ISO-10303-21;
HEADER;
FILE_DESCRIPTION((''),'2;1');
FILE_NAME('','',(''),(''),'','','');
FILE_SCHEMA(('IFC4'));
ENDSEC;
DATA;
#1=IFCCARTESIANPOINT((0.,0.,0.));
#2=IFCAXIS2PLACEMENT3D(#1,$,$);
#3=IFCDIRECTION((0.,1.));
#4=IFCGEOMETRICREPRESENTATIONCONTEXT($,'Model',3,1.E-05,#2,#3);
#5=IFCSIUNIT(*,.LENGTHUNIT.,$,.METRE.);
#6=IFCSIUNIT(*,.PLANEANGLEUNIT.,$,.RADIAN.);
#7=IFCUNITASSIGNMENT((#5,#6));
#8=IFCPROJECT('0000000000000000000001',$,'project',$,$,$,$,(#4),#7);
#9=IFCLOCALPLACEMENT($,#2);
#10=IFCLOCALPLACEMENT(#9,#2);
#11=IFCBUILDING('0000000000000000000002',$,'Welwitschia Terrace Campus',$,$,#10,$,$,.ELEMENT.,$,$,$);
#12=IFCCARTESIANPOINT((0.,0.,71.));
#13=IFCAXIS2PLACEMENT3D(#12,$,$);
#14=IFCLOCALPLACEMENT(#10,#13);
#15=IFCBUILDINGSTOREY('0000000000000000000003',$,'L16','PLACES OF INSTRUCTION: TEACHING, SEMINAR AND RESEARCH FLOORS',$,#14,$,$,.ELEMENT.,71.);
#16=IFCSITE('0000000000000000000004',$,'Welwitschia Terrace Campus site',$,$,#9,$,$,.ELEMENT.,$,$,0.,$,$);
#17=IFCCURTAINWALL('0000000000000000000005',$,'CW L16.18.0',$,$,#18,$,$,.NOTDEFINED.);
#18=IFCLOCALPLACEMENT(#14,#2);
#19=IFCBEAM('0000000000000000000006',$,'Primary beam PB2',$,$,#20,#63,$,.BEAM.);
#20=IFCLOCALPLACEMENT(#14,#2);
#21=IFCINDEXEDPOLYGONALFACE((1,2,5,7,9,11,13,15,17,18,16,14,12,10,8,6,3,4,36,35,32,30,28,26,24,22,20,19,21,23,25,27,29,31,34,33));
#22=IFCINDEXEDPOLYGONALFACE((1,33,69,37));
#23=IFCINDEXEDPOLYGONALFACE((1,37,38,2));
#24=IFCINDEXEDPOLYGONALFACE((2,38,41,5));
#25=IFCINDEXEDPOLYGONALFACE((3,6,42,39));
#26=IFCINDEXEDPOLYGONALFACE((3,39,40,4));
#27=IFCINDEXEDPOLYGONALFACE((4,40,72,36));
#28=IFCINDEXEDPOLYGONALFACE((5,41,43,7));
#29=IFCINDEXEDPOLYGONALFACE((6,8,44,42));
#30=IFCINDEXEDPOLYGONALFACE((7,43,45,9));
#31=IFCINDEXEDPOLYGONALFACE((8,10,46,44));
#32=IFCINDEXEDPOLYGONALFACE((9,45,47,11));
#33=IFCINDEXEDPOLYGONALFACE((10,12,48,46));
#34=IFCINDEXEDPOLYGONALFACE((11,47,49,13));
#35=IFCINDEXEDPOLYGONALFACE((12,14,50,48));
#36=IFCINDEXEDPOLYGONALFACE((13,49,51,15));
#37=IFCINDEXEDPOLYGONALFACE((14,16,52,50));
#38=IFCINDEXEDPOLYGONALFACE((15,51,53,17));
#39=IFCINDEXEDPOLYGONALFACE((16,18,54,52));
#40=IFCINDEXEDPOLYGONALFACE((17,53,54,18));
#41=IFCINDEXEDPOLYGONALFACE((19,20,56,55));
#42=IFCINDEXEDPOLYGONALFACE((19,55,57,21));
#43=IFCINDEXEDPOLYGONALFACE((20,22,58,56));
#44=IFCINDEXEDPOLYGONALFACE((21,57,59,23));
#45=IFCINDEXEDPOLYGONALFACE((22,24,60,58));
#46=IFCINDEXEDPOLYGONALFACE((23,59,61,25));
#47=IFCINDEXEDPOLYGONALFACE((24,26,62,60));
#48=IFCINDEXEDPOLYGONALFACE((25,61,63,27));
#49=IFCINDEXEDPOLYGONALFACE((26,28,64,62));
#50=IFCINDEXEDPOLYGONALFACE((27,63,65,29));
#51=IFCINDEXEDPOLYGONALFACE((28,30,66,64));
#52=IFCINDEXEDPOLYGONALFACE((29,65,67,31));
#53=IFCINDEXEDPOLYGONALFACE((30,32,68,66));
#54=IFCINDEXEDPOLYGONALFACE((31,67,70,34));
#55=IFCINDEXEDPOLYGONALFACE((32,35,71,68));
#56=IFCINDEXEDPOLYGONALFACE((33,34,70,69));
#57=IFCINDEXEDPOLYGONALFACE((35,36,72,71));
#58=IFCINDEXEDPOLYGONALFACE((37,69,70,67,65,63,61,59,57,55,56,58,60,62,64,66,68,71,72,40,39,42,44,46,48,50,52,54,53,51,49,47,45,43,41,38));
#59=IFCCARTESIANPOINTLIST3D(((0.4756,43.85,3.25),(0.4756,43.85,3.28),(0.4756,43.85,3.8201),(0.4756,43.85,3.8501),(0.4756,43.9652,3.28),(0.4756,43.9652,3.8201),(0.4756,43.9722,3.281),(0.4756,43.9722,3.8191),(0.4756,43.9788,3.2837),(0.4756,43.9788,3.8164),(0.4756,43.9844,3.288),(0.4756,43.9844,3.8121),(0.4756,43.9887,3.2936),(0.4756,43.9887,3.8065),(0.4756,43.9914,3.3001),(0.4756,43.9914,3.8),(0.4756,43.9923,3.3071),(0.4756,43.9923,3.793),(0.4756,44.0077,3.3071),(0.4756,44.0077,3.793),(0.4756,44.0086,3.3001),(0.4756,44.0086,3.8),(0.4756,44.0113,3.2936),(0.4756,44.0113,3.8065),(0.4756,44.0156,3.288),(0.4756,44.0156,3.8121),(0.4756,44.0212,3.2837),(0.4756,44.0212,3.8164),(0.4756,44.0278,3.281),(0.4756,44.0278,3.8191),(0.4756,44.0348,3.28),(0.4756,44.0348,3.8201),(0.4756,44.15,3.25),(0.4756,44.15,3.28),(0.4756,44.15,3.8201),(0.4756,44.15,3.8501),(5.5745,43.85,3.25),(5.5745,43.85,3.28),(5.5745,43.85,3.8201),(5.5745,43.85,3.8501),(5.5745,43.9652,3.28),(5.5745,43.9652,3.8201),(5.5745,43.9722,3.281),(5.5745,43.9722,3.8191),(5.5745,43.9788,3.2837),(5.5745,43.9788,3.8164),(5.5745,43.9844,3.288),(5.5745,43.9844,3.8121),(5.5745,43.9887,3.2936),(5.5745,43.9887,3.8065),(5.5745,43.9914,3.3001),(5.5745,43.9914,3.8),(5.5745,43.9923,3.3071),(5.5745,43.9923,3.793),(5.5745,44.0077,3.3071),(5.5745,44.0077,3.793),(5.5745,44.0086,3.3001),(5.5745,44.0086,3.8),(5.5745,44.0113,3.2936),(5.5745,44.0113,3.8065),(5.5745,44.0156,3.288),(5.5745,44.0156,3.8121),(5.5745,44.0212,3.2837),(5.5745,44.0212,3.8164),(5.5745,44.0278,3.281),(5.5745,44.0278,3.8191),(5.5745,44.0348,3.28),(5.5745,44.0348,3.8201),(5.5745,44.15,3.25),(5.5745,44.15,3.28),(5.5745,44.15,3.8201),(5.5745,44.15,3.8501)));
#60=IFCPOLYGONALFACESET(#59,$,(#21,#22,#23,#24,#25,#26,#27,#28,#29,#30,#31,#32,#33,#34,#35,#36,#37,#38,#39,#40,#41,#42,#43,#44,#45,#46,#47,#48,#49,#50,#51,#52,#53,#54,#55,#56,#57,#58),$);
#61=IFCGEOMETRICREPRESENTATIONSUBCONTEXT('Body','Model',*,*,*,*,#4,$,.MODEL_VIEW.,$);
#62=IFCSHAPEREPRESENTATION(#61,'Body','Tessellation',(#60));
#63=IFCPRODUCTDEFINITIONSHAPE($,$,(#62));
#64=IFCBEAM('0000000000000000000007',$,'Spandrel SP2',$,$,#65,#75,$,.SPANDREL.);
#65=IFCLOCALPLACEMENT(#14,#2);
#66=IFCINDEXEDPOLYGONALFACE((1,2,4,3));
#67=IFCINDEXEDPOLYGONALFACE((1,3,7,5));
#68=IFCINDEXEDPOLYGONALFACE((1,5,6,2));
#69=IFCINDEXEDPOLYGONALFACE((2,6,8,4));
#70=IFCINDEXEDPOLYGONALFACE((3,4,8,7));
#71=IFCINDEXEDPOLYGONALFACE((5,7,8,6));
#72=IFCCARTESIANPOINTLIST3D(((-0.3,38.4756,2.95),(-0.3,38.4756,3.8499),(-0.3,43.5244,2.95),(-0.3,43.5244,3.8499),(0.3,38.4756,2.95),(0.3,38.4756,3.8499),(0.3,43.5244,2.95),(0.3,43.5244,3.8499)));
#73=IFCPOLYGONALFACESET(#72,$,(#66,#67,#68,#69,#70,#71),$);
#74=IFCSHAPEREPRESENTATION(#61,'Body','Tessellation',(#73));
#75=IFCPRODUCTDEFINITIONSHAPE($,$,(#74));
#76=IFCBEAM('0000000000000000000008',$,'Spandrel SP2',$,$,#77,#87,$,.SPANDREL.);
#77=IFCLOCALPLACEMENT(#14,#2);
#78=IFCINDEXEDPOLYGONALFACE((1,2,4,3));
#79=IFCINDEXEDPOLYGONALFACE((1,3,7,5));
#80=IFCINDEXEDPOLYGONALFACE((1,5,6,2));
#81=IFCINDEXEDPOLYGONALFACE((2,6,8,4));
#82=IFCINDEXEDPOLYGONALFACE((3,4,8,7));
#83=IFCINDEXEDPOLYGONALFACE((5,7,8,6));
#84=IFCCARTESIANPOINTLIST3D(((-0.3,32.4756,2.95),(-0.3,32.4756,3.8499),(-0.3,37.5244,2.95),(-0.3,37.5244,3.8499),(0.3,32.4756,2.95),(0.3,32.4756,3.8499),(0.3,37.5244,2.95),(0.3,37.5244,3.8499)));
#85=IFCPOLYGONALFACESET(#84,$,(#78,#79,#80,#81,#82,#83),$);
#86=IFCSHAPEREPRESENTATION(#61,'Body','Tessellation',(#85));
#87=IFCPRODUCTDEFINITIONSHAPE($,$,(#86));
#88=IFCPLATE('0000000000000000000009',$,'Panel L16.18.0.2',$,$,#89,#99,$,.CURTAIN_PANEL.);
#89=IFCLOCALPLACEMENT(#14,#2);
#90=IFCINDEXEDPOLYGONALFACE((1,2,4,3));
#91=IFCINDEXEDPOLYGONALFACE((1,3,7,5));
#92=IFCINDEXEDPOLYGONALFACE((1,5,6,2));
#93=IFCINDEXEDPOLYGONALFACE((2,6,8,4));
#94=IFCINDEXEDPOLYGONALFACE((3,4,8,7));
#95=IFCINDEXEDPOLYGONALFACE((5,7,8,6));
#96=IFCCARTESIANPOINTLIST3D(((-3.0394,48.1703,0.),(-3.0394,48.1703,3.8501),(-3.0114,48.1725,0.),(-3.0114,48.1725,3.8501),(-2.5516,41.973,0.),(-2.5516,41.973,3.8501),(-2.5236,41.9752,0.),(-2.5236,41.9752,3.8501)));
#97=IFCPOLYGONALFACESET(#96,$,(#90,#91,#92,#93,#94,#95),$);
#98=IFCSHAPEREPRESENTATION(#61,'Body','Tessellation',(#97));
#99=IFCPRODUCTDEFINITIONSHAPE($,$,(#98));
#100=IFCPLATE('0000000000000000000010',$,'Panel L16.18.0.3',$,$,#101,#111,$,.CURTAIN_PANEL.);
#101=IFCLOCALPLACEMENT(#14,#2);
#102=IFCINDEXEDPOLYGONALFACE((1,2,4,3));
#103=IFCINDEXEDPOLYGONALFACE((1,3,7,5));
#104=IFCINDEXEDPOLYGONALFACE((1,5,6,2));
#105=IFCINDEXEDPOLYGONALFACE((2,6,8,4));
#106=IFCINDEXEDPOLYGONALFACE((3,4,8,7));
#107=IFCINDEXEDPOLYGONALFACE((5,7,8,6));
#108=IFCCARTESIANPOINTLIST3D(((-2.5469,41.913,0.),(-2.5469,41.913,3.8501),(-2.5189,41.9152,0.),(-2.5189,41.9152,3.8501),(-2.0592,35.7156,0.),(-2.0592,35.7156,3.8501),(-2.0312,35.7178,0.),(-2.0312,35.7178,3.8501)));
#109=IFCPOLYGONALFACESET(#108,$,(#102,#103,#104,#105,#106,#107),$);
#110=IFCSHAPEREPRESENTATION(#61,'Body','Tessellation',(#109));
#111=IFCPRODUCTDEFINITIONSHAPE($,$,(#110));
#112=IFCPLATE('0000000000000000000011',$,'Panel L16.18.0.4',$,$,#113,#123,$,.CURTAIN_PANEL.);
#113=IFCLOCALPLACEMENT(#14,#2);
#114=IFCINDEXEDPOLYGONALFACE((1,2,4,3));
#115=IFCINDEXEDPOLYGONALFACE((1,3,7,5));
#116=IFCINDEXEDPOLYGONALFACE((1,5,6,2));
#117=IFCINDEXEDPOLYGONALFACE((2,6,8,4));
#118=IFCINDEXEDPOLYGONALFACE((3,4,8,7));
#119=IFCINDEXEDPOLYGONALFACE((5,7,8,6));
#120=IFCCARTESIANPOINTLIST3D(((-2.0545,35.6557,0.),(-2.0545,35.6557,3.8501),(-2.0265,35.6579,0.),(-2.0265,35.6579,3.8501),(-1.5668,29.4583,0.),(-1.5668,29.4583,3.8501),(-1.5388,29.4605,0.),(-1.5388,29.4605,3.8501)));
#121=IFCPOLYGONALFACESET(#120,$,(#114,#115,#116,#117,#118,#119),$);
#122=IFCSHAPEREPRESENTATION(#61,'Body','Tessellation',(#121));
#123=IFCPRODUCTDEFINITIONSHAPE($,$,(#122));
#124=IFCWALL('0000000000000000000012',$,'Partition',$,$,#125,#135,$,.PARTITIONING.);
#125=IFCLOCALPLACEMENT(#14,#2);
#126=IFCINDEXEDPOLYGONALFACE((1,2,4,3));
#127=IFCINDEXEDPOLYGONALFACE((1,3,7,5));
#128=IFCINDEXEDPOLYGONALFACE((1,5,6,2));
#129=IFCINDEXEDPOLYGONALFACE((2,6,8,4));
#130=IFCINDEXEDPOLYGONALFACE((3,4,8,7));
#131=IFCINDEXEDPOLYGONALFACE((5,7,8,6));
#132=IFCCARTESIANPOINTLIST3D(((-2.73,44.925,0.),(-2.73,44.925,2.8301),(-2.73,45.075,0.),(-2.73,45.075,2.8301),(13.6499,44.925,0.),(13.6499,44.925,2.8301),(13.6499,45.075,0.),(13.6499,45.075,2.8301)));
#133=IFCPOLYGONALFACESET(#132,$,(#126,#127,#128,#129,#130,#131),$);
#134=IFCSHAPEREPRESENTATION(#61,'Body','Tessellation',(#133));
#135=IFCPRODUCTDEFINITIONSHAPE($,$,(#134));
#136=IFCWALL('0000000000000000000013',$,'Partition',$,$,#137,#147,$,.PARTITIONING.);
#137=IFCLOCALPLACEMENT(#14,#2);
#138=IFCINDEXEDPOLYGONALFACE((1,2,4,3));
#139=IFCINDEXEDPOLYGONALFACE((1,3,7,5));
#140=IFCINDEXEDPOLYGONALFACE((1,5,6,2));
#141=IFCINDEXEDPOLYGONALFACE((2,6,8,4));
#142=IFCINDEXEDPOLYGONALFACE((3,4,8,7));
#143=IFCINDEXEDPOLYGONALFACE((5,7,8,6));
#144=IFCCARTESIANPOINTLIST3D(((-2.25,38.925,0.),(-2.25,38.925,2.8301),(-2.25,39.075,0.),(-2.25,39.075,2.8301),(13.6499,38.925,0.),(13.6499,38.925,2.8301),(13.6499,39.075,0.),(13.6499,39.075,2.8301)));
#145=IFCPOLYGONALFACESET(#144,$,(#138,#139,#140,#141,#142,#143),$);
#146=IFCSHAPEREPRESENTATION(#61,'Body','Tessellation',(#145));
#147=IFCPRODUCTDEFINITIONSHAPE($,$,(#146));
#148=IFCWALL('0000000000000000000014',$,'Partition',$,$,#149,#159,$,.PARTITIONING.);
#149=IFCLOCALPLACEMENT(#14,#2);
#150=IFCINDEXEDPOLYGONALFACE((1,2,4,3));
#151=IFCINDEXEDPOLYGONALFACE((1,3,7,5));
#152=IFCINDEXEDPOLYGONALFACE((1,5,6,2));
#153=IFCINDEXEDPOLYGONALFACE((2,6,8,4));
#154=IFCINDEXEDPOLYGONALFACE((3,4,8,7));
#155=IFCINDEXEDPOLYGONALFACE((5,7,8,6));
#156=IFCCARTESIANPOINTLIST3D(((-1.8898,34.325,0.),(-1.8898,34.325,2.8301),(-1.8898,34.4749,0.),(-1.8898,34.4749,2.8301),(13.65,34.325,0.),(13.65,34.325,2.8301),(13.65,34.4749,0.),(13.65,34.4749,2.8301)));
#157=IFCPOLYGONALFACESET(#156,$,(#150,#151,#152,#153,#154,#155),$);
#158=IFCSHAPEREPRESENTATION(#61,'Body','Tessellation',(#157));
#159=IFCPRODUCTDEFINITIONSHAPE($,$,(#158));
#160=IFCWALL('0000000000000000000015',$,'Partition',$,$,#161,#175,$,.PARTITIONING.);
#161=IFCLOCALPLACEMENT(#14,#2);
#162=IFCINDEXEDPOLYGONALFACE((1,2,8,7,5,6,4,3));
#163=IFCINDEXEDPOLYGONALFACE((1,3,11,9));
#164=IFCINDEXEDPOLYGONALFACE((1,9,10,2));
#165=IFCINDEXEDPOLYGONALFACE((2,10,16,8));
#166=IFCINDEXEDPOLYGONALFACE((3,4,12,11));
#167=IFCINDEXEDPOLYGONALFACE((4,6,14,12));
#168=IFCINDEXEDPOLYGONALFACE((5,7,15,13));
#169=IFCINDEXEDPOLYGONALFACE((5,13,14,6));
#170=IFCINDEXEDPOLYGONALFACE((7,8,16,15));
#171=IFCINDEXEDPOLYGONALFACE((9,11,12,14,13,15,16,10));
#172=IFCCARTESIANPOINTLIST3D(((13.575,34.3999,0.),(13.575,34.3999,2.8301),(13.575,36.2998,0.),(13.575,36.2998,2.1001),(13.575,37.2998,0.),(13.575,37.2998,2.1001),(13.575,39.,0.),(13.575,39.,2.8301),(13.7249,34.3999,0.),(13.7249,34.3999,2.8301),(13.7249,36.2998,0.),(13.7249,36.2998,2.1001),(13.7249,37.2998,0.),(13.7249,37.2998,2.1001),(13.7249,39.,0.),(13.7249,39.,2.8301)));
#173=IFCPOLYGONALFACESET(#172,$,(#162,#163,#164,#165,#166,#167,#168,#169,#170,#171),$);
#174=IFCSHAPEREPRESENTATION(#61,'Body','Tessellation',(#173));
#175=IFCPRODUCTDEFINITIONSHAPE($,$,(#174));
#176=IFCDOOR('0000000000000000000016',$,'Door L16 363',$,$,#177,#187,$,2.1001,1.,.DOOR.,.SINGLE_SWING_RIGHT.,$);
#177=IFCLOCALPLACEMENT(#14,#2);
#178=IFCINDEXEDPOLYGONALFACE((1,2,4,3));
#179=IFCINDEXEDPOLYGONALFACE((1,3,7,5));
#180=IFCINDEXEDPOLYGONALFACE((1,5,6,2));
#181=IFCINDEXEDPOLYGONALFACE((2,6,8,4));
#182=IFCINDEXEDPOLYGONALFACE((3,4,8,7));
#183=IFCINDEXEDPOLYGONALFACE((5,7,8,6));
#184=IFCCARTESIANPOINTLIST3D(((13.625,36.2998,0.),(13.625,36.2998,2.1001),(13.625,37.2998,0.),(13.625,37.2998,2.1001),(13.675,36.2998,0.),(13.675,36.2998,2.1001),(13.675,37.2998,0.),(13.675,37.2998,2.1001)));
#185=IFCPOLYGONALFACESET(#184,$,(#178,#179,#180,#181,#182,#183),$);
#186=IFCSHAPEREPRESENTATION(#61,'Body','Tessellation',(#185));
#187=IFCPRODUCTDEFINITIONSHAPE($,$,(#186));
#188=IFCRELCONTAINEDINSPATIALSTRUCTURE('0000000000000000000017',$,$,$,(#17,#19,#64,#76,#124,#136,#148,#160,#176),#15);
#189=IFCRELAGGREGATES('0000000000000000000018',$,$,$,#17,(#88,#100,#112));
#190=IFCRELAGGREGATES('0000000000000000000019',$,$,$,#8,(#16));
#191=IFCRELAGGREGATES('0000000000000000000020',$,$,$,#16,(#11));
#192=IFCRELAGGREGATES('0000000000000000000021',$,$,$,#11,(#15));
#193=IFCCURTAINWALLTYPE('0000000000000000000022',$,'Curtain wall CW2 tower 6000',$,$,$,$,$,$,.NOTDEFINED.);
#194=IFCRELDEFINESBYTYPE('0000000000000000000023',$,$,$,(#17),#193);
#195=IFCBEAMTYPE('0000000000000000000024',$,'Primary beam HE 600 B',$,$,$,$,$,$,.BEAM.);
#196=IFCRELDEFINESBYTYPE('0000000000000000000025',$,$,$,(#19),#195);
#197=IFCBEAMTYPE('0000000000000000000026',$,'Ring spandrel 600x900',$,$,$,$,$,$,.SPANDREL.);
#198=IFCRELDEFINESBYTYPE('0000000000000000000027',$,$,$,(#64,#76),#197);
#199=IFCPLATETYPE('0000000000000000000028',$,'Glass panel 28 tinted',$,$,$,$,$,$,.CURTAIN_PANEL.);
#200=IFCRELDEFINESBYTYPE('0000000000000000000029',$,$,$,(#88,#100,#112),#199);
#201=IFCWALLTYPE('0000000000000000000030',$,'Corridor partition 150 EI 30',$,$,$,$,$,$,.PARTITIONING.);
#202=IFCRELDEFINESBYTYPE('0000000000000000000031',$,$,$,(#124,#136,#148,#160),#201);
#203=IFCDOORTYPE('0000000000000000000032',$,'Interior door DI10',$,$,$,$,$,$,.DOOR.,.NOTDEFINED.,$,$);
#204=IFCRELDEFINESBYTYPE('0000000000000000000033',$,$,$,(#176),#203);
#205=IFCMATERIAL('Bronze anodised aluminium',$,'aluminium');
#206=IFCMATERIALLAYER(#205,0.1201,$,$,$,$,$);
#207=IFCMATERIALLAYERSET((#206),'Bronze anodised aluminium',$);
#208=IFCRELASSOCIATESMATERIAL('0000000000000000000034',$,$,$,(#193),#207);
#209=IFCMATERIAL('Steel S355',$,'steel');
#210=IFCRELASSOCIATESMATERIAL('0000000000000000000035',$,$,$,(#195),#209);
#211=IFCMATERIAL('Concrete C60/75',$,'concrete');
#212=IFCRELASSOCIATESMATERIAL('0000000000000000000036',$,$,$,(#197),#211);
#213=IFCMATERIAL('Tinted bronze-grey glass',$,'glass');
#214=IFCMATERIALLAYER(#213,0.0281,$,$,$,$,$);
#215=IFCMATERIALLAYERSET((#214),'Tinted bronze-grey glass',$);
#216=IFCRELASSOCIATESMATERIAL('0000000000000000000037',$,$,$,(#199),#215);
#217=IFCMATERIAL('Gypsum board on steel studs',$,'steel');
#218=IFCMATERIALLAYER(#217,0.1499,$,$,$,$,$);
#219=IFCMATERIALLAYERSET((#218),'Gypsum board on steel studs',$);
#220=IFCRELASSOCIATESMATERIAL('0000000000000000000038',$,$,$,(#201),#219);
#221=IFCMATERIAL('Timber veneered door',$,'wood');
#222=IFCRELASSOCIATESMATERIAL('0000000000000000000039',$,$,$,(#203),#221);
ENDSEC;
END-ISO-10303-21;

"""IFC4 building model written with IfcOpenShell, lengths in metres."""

from ifc_helpers import new_model, si_unit, direction, frame, frame_2d, origin, origin_2d, place, context, subcontext, project, spatial, rectangle, i_section, extrude, material, layer, layer_set, material_profile, profile_set, type_object, element, fill, aggregate, save


model = new_model("IFC4")

# Units and contexts
model_context = context("Model", 3, precision=1e-05, world=origin(), true_north=direction((0.0, 1.0)))
body_context = subcontext(model_context, "Body", "Model", "MODEL_VIEW")
ifc_project = project(units=[si_unit("LENGTHUNIT", "METRE"), si_unit("PLANEANGLEUNIT", "RADIAN")], contexts=[model_context])

# Site, building, storey
site_placement = place(None, origin())
site = spatial("IfcSite", under=ifc_project, at=site_placement, Name="Welwitschia Terrace Campus site", CompositionType="ELEMENT", RefElevation=0.0)
building_placement = place(site_placement, origin())
building = spatial("IfcBuilding", under=site, at=building_placement, Name="Welwitschia Terrace Campus", CompositionType="ELEMENT")
storey_placement = place(building_placement, frame((0.0, 0.0, 71.0)))
storey = spatial("IfcBuildingStorey", under=building, at=storey_placement, Name="L16", Description="PLACES OF INSTRUCTION: TEACHING, SEMINAR AND RESEARCH FLOORS", CompositionType="ELEMENT", Elevation=71.0)

# Curtain wall
ifc_material_1 = material(Name="Bronze anodised aluminium", Category="aluminium")
ifc_layer_1 = layer(ifc_material_1, 0.1201)
ifc_layer_set_1 = layer_set([ifc_layer_1], Name="Bronze anodised aluminium")
curtain_wall_type = type_object("IfcCurtainWallType", Name="Curtain wall CW2 tower 6000", PredefinedType="NOTDEFINED", material=ifc_layer_set_1)
curtain_wall_placement = place(storey_placement, origin())
curtain_wall = element("IfcCurtainWall", 1, at=curtain_wall_placement, inside=storey, type_object=curtain_wall_type, Name="CW L16.18.0", PredefinedType="NOTDEFINED")

# Beams
ifc_material_2 = material(Name="Steel S355", Category="steel")
ifc_material_profile_1 = material_profile(ifc_material_2, i_section(OverallWidth=0.3, OverallDepth=0.6001, WebThickness=0.0154, FlangeThickness=0.03, FilletRadius=0.0271, at=origin_2d()))
ifc_profile_set_1 = profile_set([ifc_material_profile_1], Name="Steel S355")
beam_type_1 = type_object("IfcBeamType", Name="Primary beam HE 600 B", PredefinedType="BEAM", material=ifc_profile_set_1)
beam_placement = place(storey_placement, frame((0.4756, 44.0, 3.55), z_axis=(1.0, 0.0, 0.0), x_axis=(0.0, 1.0, 0.0)))
element("IfcBeam", 2, at=beam_placement, inside=storey, type_object=beam_type_1, Name="Primary beam PB2", PredefinedType="BEAM", context=body_context, shape_type="SweptSolid", body=[
    extrude(i_section(OverallWidth=0.3, OverallDepth=0.6001, WebThickness=0.0154, FlangeThickness=0.03, FilletRadius=0.0271, at=origin_2d()), origin(), (0.0, 0.0, 1.0), 5.0989),
])
ifc_material_3 = material(Name="Concrete C60/75", Category="concrete")
ifc_material_profile_2 = material_profile(ifc_material_3, rectangle(XDim=0.6001, YDim=0.8999, at=origin_2d()))
ifc_profile_set_2 = profile_set([ifc_material_profile_2], Name="Concrete C60/75")
beam_type_2 = type_object("IfcBeamType", Name="Ring spandrel 600x900", PredefinedType="SPANDREL", material=ifc_profile_set_2)
for number, where, z_axis, x_axis, name in (
    (3, (0.0, 43.5244, 3.3999), (0.0, -1.0, 0.0), (1.0, 0.0, 0.0), "Spandrel SP2"),
    (4, (0.0, 37.5244, 3.3999), (0.0, -1.0, 0.0), (1.0, 0.0, 0.0), "Spandrel SP2"),
):
    element("IfcBeam", number, at=place(storey_placement, frame(where, z_axis=z_axis, x_axis=x_axis)), inside=storey, type_object=beam_type_2, Name=name, PredefinedType="SPANDREL", context=body_context, shape_type="SweptSolid", body=[
        extrude(rectangle(XDim=0.6001, YDim=0.8999, at=origin_2d()), origin(), (0.0, 0.0, 1.0), 5.0488),
    ])

# Plates
ifc_material_4 = material(Name="Tinted bronze-grey glass", Category="glass")
ifc_layer_2 = layer(ifc_material_4, 0.0281)
ifc_layer_set_2 = layer_set([ifc_layer_2], Name="Tinted bronze-grey glass")
plate_type = type_object("IfcPlateType", Name="Glass panel 28 tinted", PredefinedType="CURTAIN_PANEL", material=ifc_layer_set_2)
plate_1_placement = place(storey_placement, frame((-2.7815, 45.0728, 0.0), z_axis=(0.0, 0.0, 1.0), x_axis=(0.078459, -0.996917, 0.0)))
plate_1 = element("IfcPlate", 5, at=plate_1_placement, type_object=plate_type, Name="Panel L16.18.0.2", PredefinedType="CURTAIN_PANEL", context=body_context, shape_type="SweptSolid", body=[
    extrude(rectangle(XDim=6.2166, YDim=0.0281, at=origin_2d()), origin(), (0.0, 0.0, 1.0), 3.8501),
])
plate_2_placement = place(storey_placement, frame((-2.2891, 38.8154, 0.0), z_axis=(0.0, 0.0, 1.0), x_axis=(0.078459, -0.996917, 0.0)))
plate_2 = element("IfcPlate", 6, at=plate_2_placement, type_object=plate_type, Name="Panel L16.18.0.3", PredefinedType="CURTAIN_PANEL", context=body_context, shape_type="SweptSolid", body=[
    extrude(rectangle(XDim=6.2166, YDim=0.0281, at=origin_2d()), origin(), (0.0, 0.0, 1.0), 3.8501),
])
plate_3_placement = place(storey_placement, frame((-1.7966, 32.5581, 0.0), z_axis=(0.0, 0.0, 1.0), x_axis=(0.078459, -0.996917, 0.0)))
plate_3 = element("IfcPlate", 7, at=plate_3_placement, type_object=plate_type, Name="Panel L16.18.0.4", PredefinedType="CURTAIN_PANEL", context=body_context, shape_type="SweptSolid", body=[
    extrude(rectangle(XDim=6.2166, YDim=0.0281, at=origin_2d()), origin(), (0.0, 0.0, 1.0), 3.8501),
])
aggregate(curtain_wall, [plate_1, plate_2, plate_3])

# Walls
ifc_material_5 = material(Name="Gypsum board on steel studs", Category="steel")
ifc_layer_3 = layer(ifc_material_5, 0.1499)
ifc_layer_set_3 = layer_set([ifc_layer_3], Name="Gypsum board on steel studs")
wall_type = type_object("IfcWallType", Name="Corridor partition 150 EI 30", PredefinedType="PARTITIONING", material=ifc_layer_set_3)
wall_1_placement = place(storey_placement, frame((-2.73, 45.0, 0.0), z_axis=(0.0, 0.0, 1.0), x_axis=(1.0, 0.0, 0.0)))
element("IfcWall", 8, at=wall_1_placement, inside=storey, type_object=wall_type, Name="Partition", PredefinedType="PARTITIONING", context=body_context, shape_type="SweptSolid", body=[
    extrude(rectangle(XDim=16.3799, YDim=0.1499, at=frame_2d((8.1899, 0.0))), origin(), (0.0, 0.0, 1.0), 2.8301),
])
wall_2_placement = place(storey_placement, frame((-2.25, 39.0, 0.0), z_axis=(0.0, 0.0, 1.0), x_axis=(1.0, 0.0, 0.0)))
element("IfcWall", 9, at=wall_2_placement, inside=storey, type_object=wall_type, Name="Partition", PredefinedType="PARTITIONING", context=body_context, shape_type="SweptSolid", body=[
    extrude(rectangle(XDim=15.8999, YDim=0.1499, at=frame_2d((7.95, 0.0))), origin(), (0.0, 0.0, 1.0), 2.8301),
])
wall_3_placement = place(storey_placement, frame((-1.8899, 34.3999, 0.0), z_axis=(0.0, 0.0, 1.0), x_axis=(1.0, 0.0, 0.0)))
element("IfcWall", 10, at=wall_3_placement, inside=storey, type_object=wall_type, Name="Partition", PredefinedType="PARTITIONING", context=body_context, shape_type="SweptSolid", body=[
    extrude(rectangle(XDim=15.5398, YDim=0.1499, at=frame_2d((7.77, 0.0))), origin(), (0.0, 0.0, 1.0), 2.8301),
])

# Wall, opening, door
wall_4_placement = place(storey_placement, frame((13.6499, 34.3999, 0.0), z_axis=(0.0, 0.0, 1.0), x_axis=(0.0, 1.0, 0.0)))
wall_4 = element("IfcWall", 11, at=wall_4_placement, inside=storey, type_object=wall_type, Name="Partition", PredefinedType="PARTITIONING", context=body_context, shape_type="SweptSolid", body=[
    extrude(rectangle(XDim=4.6001, YDim=0.1499, at=frame_2d((2.3, 0.0))), origin(), (0.0, 0.0, 1.0), 2.8301),
])
opening_1_placement = place(wall_4_placement, frame((1.8999, 0.0, 0.0)))
opening_1 = element("IfcOpeningElement", 12, at=opening_1_placement, cuts=wall_4, PredefinedType="OPENING", context=body_context, shape_type="SweptSolid", body=[
    extrude(rectangle(XDim=1.0, YDim=2.1001, at=frame_2d((0.5, 1.05))), frame((0.0, 0.085, 0.0), z_axis=(0.0, -1.0, 0.0), x_axis=(1.0, 0.0, 0.0)), (0.0, 0.0, 1.0), 0.1699),
])
ifc_material_6 = material(Name="Timber veneered door", Category="wood")
door_type_1 = type_object("IfcDoorType", Name="Interior door DI10", OperationType="NOTDEFINED", PredefinedType="DOOR", material=ifc_material_6)
door_1_placement = place(opening_1_placement, origin())
door_1 = element("IfcDoor", 13, at=door_1_placement, inside=storey, type_object=door_type_1, Name="Door L16 363", OperationType="SINGLE_SWING_RIGHT", OverallHeight=2.1001, OverallWidth=1.0, PredefinedType="DOOR", context=body_context, shape_type="SweptSolid", body=[
    extrude(rectangle(XDim=1.0, YDim=2.1001, at=frame_2d((0.5, 1.05))), frame((0.0, 0.0249, 0.0), z_axis=(0.0, -1.0, 0.0), x_axis=(1.0, 0.0, 0.0)), (0.0, 0.0, 1.0), 0.05),
])
fill(opening_1, door_1)

save(model, "model.ifc")
